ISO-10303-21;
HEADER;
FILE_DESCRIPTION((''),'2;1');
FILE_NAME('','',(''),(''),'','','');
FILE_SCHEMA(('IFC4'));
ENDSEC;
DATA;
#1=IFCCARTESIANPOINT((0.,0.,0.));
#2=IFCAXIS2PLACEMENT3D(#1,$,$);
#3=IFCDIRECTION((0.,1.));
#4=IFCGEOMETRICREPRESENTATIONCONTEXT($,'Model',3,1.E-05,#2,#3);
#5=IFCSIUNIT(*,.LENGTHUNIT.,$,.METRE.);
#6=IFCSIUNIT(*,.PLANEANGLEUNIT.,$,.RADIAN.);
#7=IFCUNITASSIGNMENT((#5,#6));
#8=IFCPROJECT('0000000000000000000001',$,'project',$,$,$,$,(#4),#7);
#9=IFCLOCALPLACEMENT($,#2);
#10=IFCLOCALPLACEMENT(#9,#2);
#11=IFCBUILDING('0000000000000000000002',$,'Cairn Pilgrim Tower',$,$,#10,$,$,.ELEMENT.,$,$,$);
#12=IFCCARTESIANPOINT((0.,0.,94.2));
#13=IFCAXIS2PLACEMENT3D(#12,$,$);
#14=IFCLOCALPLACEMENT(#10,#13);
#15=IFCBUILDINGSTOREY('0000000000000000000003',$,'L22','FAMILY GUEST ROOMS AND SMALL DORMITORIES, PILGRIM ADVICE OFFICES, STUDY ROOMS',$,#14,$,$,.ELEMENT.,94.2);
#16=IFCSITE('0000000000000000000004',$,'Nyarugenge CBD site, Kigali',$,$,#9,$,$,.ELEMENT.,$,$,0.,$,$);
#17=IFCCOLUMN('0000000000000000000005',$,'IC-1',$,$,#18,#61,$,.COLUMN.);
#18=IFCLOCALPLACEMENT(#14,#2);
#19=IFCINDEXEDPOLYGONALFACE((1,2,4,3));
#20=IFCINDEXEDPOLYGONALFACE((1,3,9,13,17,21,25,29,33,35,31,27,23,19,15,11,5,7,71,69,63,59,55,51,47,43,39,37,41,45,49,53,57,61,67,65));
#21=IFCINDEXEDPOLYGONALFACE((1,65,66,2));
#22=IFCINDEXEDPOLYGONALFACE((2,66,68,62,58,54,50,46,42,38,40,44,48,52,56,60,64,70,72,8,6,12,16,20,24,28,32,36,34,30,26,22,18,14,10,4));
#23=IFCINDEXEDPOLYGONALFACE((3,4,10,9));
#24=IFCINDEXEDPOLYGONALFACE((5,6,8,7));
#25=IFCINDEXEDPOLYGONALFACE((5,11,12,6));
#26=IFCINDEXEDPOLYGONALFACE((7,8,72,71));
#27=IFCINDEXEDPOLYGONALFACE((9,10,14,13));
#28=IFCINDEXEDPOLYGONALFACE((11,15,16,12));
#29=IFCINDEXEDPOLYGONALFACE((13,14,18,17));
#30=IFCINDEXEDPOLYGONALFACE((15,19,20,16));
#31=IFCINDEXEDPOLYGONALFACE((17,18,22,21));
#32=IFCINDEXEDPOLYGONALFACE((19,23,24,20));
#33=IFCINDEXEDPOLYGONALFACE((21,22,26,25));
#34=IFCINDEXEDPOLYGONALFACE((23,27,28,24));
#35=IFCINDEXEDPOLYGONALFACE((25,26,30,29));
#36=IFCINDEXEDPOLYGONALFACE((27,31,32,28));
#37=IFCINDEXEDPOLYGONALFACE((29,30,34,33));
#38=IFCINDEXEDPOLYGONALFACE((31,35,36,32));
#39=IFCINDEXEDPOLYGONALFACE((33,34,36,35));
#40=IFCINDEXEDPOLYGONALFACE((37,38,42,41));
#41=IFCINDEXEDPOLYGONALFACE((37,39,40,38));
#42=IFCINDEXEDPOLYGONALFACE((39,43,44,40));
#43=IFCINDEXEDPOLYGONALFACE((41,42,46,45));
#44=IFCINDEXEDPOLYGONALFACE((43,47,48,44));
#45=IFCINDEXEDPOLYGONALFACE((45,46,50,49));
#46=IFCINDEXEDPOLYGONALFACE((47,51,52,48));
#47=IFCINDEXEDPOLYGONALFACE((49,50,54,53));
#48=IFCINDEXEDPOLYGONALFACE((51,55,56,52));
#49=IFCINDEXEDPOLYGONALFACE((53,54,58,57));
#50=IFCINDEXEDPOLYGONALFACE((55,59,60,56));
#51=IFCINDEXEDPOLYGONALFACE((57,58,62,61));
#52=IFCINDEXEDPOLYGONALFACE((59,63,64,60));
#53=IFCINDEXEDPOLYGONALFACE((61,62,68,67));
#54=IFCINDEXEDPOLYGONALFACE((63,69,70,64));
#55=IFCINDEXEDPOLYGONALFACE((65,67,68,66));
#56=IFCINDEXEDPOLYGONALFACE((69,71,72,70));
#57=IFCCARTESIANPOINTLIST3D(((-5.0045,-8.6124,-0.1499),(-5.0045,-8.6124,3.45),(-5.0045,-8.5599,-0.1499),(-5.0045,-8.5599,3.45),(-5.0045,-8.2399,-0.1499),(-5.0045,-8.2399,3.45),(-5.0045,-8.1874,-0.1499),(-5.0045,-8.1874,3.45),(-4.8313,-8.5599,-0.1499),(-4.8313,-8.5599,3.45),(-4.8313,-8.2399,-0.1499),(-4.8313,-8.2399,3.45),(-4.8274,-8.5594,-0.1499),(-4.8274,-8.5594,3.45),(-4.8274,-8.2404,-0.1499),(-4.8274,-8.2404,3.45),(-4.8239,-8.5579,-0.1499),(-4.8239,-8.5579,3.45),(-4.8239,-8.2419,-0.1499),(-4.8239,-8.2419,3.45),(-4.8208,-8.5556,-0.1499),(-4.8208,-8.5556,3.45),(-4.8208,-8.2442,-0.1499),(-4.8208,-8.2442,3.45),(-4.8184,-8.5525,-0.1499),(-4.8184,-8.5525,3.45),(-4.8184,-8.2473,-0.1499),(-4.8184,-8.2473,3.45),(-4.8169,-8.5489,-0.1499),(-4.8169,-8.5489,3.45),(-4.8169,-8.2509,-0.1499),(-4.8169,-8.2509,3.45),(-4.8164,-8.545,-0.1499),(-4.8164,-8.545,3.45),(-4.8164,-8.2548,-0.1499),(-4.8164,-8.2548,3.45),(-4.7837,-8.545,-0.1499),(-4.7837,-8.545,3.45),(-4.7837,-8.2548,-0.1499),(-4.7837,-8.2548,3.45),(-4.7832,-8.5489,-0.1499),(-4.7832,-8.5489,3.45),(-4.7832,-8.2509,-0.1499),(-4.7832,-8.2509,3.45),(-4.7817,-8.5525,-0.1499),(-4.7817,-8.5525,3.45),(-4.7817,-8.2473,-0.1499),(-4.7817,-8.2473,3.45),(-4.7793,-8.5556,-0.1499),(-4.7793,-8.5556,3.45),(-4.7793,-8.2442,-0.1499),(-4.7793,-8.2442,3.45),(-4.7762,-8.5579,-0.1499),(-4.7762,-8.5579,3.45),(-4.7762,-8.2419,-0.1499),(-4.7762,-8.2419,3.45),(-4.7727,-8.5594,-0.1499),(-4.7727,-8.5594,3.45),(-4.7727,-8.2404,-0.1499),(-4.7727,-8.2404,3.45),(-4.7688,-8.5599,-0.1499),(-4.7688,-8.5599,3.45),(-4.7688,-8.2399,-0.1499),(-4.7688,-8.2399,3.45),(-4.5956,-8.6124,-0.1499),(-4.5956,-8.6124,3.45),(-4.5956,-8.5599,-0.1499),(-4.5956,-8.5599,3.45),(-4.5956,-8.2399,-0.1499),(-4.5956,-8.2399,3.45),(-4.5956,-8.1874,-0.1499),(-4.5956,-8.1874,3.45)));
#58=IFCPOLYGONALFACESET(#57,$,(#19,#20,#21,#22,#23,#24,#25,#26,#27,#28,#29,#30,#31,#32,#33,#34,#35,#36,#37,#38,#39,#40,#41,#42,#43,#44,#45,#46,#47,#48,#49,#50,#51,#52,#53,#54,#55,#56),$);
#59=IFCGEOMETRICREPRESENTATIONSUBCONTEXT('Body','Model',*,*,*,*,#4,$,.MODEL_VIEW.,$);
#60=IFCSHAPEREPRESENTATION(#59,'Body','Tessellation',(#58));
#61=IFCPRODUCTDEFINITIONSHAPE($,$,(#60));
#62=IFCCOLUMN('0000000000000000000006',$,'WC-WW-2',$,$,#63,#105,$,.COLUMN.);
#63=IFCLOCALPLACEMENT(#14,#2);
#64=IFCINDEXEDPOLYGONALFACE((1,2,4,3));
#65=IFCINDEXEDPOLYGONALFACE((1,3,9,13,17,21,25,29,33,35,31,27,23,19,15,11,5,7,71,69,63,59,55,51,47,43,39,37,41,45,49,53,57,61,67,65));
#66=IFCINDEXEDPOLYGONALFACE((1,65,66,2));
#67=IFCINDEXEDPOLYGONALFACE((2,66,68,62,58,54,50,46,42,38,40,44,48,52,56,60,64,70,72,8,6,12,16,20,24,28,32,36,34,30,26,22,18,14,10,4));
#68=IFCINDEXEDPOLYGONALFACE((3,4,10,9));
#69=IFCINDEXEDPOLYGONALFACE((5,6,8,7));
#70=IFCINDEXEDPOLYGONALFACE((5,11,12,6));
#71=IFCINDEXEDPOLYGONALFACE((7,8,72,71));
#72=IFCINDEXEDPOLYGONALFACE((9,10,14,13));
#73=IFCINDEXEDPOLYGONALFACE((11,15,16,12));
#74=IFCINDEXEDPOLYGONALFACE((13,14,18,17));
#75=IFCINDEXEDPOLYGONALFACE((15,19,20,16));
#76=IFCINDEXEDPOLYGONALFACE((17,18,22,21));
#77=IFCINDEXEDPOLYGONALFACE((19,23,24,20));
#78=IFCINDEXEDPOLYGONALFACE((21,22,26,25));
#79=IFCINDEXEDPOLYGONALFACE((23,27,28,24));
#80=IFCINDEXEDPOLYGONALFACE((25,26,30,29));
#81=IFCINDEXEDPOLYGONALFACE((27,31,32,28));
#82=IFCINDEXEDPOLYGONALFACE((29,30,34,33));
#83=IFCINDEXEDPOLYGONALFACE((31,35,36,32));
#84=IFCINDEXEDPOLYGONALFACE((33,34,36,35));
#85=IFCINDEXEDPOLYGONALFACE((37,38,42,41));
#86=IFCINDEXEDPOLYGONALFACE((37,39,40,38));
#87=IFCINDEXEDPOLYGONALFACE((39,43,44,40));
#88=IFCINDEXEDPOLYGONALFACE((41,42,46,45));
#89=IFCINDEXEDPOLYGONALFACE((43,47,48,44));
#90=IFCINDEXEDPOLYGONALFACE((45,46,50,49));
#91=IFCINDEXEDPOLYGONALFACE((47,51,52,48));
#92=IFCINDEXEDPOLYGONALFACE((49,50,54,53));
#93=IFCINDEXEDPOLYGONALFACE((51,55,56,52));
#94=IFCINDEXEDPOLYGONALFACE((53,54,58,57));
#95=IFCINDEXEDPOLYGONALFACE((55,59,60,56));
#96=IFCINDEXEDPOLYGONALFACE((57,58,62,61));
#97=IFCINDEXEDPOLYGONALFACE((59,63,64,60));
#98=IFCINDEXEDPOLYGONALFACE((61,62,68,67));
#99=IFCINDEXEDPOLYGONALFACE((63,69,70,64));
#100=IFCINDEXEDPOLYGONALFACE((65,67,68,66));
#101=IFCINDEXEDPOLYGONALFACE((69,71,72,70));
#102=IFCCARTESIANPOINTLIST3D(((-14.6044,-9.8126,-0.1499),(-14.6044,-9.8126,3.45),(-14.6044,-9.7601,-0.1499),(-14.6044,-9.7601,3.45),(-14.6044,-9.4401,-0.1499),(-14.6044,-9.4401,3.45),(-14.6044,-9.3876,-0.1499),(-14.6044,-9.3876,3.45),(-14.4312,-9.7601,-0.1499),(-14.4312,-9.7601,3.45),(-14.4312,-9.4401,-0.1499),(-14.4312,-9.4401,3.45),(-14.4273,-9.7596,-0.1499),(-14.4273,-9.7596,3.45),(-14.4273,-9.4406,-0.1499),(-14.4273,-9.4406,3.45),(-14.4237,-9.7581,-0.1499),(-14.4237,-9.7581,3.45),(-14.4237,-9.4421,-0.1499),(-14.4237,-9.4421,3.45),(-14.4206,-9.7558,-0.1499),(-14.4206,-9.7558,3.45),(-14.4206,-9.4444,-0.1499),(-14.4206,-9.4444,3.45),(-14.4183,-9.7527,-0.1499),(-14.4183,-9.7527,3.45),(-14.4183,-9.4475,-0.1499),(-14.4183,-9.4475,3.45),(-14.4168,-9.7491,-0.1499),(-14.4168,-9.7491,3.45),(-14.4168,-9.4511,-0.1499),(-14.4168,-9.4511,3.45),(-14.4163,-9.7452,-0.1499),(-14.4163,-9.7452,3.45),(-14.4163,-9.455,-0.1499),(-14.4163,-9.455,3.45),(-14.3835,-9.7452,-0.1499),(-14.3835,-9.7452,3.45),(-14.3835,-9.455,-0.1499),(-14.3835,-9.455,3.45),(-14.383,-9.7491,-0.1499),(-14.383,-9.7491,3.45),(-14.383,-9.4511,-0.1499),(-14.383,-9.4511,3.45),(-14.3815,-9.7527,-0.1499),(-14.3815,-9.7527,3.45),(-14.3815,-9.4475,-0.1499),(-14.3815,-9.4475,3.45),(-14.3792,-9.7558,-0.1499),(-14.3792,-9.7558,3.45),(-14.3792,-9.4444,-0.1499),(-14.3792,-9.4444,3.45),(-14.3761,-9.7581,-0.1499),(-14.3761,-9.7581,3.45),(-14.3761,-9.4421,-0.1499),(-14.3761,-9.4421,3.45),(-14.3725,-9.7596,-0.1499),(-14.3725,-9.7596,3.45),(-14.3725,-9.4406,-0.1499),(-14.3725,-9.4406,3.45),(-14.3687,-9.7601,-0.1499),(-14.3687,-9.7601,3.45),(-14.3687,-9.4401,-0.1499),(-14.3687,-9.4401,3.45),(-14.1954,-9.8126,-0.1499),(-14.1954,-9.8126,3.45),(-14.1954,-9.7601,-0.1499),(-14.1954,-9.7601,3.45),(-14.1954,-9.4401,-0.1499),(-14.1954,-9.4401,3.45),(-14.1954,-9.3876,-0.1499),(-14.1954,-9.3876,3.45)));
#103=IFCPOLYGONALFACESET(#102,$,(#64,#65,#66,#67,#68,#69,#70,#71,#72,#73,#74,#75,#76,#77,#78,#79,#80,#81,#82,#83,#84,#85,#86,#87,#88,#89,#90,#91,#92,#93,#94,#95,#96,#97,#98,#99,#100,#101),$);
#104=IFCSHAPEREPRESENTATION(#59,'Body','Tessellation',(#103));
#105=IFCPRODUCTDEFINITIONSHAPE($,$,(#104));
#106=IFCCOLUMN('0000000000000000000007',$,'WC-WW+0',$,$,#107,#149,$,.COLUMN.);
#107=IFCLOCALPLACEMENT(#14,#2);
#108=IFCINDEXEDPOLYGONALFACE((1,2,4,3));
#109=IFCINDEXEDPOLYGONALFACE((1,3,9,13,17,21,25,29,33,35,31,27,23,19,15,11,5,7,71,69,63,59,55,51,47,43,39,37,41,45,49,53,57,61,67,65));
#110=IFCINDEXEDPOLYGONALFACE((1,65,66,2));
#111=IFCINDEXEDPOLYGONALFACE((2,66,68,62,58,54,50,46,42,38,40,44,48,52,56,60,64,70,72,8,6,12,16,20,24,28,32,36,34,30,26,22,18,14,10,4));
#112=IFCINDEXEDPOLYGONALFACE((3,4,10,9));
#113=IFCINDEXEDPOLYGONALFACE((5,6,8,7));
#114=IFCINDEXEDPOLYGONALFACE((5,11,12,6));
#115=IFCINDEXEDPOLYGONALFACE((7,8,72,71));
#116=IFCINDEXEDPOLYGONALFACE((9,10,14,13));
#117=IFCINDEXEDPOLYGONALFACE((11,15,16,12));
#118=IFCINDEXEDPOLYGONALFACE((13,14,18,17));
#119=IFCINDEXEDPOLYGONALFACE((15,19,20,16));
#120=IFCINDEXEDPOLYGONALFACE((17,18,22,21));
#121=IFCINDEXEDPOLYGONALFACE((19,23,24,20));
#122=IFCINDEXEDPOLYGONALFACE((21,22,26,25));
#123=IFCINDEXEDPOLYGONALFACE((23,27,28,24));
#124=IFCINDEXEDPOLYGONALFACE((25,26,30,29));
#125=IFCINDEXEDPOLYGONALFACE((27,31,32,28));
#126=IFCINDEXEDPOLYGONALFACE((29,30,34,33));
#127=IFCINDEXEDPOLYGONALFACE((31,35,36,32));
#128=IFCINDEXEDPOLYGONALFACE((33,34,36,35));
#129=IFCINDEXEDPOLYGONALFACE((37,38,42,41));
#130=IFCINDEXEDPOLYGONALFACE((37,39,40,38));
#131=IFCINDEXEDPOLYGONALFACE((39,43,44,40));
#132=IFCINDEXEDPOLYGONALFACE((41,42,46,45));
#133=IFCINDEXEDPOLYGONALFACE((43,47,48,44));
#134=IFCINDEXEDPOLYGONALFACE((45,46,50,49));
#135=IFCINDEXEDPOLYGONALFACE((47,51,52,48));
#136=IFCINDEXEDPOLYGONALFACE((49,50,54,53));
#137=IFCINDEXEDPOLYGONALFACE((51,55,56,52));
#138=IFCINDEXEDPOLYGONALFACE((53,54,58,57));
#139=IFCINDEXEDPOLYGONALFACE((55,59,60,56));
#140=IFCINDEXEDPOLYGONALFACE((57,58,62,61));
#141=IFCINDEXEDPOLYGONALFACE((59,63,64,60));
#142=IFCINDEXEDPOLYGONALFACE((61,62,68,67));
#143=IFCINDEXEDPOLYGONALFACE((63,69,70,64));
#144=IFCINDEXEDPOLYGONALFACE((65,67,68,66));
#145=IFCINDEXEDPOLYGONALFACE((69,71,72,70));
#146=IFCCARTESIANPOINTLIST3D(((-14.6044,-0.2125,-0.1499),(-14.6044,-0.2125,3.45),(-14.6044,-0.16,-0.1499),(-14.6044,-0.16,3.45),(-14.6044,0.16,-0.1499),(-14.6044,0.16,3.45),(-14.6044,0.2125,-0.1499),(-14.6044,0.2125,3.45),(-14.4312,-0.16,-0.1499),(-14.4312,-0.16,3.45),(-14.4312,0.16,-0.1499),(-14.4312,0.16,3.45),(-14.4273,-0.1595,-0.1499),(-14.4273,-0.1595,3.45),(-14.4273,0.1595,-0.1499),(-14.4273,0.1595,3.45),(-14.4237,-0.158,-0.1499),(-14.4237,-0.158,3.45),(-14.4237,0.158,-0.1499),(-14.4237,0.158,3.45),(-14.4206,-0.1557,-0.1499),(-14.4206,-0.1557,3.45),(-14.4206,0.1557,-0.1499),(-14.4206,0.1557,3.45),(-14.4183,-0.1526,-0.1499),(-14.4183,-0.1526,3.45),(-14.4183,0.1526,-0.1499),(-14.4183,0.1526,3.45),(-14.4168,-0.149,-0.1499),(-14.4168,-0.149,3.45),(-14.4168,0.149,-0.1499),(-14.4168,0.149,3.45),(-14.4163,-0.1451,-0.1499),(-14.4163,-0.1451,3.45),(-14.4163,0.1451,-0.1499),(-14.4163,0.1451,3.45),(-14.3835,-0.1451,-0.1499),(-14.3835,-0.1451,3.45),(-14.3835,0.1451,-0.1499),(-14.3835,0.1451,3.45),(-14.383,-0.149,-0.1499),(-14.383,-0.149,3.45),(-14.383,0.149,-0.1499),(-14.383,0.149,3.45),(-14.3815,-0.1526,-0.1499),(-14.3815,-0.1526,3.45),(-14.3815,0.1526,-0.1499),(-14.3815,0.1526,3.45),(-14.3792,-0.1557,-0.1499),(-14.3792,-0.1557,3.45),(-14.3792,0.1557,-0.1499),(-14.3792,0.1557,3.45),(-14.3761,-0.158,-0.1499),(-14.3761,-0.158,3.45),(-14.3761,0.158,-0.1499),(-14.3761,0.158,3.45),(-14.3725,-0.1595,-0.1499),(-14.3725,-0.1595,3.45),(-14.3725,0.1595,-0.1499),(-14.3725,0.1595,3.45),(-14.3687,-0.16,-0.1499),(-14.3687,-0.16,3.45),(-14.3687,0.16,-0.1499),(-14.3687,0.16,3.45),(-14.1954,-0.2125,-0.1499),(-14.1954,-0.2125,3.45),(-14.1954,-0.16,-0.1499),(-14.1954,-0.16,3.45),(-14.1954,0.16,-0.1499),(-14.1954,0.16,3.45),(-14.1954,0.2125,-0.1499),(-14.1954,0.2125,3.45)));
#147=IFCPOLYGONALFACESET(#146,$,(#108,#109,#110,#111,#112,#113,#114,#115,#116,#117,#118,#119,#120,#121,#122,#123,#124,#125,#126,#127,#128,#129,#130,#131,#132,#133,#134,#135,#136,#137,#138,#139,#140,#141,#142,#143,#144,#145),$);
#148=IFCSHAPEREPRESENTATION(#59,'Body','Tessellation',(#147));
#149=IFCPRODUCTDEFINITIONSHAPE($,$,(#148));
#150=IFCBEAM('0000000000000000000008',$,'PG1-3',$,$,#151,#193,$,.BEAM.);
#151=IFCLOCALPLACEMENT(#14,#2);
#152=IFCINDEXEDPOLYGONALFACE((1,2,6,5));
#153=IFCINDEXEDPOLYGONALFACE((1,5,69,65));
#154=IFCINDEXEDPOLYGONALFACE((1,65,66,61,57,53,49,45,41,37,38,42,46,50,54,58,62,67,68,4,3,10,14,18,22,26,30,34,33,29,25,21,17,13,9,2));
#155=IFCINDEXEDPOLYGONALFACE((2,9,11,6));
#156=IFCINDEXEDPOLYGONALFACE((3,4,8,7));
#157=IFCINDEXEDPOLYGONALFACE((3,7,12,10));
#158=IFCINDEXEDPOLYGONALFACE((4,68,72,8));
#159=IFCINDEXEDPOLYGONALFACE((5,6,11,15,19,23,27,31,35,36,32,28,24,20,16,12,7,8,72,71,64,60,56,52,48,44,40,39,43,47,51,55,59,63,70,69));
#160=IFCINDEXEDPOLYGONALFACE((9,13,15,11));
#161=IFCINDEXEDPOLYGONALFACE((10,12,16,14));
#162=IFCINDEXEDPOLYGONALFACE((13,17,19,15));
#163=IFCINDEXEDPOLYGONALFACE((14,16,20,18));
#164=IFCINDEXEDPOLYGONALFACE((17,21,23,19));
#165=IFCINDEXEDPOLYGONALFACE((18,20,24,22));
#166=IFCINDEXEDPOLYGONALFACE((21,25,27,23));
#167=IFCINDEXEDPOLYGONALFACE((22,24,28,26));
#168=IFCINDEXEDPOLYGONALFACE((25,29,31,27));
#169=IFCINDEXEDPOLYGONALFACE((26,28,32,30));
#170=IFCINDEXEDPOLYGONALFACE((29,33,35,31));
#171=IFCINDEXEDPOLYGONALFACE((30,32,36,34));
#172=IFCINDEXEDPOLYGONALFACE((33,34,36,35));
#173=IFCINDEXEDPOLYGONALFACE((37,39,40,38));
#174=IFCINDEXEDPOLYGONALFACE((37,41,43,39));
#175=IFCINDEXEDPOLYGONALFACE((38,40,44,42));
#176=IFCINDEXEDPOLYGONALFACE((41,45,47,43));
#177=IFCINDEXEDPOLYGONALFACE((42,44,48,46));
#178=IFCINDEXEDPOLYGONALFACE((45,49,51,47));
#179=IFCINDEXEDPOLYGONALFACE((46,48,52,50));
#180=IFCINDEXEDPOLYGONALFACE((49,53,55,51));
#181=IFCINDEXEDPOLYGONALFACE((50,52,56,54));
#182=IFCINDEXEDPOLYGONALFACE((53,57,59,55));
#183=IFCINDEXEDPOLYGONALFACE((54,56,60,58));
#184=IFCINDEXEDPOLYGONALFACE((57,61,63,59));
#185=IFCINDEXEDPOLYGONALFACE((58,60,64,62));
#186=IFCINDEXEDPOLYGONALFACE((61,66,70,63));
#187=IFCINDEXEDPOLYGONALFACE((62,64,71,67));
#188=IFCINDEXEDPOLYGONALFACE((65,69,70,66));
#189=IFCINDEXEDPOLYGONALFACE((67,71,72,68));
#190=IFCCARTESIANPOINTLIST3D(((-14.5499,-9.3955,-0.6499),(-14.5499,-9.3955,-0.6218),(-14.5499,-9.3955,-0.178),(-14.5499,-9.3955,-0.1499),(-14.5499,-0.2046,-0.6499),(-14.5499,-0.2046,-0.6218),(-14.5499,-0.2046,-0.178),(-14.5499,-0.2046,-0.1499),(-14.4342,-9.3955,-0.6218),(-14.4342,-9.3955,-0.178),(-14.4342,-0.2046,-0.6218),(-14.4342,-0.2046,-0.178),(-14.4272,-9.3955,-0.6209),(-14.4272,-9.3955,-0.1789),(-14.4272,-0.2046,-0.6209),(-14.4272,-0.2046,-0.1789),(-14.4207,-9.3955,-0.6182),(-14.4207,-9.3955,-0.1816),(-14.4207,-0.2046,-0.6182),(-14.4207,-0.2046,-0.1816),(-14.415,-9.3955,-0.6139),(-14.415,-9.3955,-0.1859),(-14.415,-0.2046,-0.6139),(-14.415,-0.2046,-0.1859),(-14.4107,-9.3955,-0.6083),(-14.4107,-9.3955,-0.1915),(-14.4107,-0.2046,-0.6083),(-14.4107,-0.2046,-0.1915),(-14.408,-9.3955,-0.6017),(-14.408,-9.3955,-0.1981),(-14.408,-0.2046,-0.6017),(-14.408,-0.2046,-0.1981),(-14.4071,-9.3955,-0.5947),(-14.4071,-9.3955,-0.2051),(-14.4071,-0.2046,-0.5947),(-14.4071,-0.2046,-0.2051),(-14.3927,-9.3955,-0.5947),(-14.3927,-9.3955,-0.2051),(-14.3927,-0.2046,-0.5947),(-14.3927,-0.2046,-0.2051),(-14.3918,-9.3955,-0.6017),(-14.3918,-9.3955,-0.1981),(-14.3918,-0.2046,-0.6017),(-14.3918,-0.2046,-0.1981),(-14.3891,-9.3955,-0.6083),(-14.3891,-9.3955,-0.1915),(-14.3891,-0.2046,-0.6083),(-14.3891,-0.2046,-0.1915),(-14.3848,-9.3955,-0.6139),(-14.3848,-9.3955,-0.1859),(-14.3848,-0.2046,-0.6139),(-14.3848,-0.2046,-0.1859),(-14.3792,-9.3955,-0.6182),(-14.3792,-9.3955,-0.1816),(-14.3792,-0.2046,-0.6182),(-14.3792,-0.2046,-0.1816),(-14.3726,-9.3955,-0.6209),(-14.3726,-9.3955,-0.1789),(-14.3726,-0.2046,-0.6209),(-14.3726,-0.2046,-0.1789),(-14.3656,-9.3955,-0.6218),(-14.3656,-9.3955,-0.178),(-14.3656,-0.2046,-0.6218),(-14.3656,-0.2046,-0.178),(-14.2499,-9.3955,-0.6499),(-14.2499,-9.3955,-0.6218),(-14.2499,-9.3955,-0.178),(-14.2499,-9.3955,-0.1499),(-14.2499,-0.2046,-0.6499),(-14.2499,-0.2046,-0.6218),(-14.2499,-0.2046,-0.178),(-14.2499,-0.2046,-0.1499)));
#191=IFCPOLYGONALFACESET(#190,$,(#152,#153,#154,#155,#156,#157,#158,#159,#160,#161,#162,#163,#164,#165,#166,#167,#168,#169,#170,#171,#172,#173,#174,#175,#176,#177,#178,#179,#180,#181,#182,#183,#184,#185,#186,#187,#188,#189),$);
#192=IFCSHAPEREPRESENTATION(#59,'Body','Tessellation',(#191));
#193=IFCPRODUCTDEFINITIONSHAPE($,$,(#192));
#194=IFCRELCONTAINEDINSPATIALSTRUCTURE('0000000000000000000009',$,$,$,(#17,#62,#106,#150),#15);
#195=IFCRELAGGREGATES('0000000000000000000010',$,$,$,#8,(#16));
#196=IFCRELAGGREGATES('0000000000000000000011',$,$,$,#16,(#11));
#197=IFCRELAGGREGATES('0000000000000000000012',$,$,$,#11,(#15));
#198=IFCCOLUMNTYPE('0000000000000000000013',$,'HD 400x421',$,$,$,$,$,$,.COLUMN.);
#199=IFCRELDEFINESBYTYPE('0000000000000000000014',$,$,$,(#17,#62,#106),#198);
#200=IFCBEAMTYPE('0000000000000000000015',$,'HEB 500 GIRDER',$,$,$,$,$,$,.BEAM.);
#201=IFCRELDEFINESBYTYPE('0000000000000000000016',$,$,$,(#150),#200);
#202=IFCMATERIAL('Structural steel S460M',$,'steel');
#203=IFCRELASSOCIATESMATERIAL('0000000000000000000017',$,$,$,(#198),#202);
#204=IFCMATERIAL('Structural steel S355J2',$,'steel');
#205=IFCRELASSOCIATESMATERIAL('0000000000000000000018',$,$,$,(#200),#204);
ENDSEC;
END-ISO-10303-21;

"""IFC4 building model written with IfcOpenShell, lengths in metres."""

from ifc_helpers import new_model, si_unit, direction, frame, origin, origin_2d, place, context, subcontext, project, spatial, i_section, extrude, material, material_profile, profile_set, type_object, element, save


model = new_model("IFC4")

# Units and contexts
model_context = context("Model", 3, precision=1e-05, world=origin(), true_north=direction((0.0, 1.0)))
body_context = subcontext(model_context, "Body", "Model", "MODEL_VIEW")
ifc_project = project(units=[si_unit("LENGTHUNIT", "METRE"), si_unit("PLANEANGLEUNIT", "RADIAN")], contexts=[model_context])

# Site, building, storey
site_placement = place(None, origin())
site = spatial("IfcSite", under=ifc_project, at=site_placement, Name="Nyarugenge CBD site, Kigali", CompositionType="ELEMENT", RefElevation=0.0)
building_placement = place(site_placement, origin())
building = spatial("IfcBuilding", under=site, at=building_placement, Name="Cairn Pilgrim Tower", CompositionType="ELEMENT")
storey_placement = place(building_placement, frame((0.0, 0.0, 94.2)))
storey = spatial("IfcBuildingStorey", under=building, at=storey_placement, Name="L22", Description="FAMILY GUEST ROOMS AND SMALL DORMITORIES, PILGRIM ADVICE OFFICES, STUDY ROOMS", CompositionType="ELEMENT", Elevation=94.2)

# Columns
ifc_material_1 = material(Name="Structural steel S460M", Category="steel")
ifc_material_profile_1 = material_profile(ifc_material_1, i_section(OverallWidth=0.4089, OverallDepth=0.425, WebThickness=0.0327, FlangeThickness=0.0525, FilletRadius=0.0149, at=origin_2d()), Name="HD 400x421")
ifc_profile_set_1 = profile_set([ifc_material_profile_1], Name="Structural steel S460M")
column_type = type_object("IfcColumnType", Name="HD 400x421", PredefinedType="COLUMN", material=ifc_profile_set_1)
for number, where, z_axis, x_axis, name in (
    (1, (-4.8, -8.3999, -0.1499), (0.0, 0.0, 1.0), (1.0, 0.0, 0.0), "IC-1"),
    (2, (-14.3999, -9.6001, -0.1499), (0.0, 0.0, 1.0), (1.0, 0.0, 0.0), "WC-WW-2"),
    (3, (-14.3999, 0.0, -0.1499), (0.0, 0.0, 1.0), (1.0, 0.0, 0.0), "WC-WW+0"),
):
    element("IfcColumn", number, at=place(storey_placement, frame(where, z_axis=z_axis, x_axis=x_axis)), inside=storey, type_object=column_type, Name=name, PredefinedType="COLUMN", context=body_context, shape_type="SweptSolid", body=[
        extrude(i_section(OverallWidth=0.4089, OverallDepth=0.425, WebThickness=0.0327, FlangeThickness=0.0525, FilletRadius=0.0149, at=origin_2d()), origin(), (0.0, 0.0, 1.0), 3.5999),
    ])

# Beam
ifc_material_2 = material(Name="Structural steel S355J2", Category="steel")
ifc_material_profile_2 = material_profile(ifc_material_2, i_section(OverallWidth=0.3, OverallDepth=0.5, WebThickness=0.0144, FlangeThickness=0.0281, FilletRadius=0.0271, at=origin_2d()), Name="HEB 500")
ifc_profile_set_2 = profile_set([ifc_material_profile_2], Name="Structural steel S355J2")
beam_type_1 = type_object("IfcBeamType", Name="HEB 500 GIRDER", PredefinedType="BEAM", material=ifc_profile_set_2)
beam_1_placement = place(storey_placement, frame((-14.3999, -9.3955, -0.3999), z_axis=(0.0, 1.0, 0.0), x_axis=(-1.0, 0.0, 0.0)))
element("IfcBeam", 4, at=beam_1_placement, inside=storey, type_object=beam_type_1, Name="PG1-3", PredefinedType="BEAM", context=body_context, shape_type="SweptSolid", body=[
    extrude(i_section(OverallWidth=0.3, OverallDepth=0.5, WebThickness=0.0144, FlangeThickness=0.0281, FilletRadius=0.0271, at=origin_2d()), origin(), (0.0, 0.0, 1.0), 9.1909),
])

save(model, "model.ifc")
